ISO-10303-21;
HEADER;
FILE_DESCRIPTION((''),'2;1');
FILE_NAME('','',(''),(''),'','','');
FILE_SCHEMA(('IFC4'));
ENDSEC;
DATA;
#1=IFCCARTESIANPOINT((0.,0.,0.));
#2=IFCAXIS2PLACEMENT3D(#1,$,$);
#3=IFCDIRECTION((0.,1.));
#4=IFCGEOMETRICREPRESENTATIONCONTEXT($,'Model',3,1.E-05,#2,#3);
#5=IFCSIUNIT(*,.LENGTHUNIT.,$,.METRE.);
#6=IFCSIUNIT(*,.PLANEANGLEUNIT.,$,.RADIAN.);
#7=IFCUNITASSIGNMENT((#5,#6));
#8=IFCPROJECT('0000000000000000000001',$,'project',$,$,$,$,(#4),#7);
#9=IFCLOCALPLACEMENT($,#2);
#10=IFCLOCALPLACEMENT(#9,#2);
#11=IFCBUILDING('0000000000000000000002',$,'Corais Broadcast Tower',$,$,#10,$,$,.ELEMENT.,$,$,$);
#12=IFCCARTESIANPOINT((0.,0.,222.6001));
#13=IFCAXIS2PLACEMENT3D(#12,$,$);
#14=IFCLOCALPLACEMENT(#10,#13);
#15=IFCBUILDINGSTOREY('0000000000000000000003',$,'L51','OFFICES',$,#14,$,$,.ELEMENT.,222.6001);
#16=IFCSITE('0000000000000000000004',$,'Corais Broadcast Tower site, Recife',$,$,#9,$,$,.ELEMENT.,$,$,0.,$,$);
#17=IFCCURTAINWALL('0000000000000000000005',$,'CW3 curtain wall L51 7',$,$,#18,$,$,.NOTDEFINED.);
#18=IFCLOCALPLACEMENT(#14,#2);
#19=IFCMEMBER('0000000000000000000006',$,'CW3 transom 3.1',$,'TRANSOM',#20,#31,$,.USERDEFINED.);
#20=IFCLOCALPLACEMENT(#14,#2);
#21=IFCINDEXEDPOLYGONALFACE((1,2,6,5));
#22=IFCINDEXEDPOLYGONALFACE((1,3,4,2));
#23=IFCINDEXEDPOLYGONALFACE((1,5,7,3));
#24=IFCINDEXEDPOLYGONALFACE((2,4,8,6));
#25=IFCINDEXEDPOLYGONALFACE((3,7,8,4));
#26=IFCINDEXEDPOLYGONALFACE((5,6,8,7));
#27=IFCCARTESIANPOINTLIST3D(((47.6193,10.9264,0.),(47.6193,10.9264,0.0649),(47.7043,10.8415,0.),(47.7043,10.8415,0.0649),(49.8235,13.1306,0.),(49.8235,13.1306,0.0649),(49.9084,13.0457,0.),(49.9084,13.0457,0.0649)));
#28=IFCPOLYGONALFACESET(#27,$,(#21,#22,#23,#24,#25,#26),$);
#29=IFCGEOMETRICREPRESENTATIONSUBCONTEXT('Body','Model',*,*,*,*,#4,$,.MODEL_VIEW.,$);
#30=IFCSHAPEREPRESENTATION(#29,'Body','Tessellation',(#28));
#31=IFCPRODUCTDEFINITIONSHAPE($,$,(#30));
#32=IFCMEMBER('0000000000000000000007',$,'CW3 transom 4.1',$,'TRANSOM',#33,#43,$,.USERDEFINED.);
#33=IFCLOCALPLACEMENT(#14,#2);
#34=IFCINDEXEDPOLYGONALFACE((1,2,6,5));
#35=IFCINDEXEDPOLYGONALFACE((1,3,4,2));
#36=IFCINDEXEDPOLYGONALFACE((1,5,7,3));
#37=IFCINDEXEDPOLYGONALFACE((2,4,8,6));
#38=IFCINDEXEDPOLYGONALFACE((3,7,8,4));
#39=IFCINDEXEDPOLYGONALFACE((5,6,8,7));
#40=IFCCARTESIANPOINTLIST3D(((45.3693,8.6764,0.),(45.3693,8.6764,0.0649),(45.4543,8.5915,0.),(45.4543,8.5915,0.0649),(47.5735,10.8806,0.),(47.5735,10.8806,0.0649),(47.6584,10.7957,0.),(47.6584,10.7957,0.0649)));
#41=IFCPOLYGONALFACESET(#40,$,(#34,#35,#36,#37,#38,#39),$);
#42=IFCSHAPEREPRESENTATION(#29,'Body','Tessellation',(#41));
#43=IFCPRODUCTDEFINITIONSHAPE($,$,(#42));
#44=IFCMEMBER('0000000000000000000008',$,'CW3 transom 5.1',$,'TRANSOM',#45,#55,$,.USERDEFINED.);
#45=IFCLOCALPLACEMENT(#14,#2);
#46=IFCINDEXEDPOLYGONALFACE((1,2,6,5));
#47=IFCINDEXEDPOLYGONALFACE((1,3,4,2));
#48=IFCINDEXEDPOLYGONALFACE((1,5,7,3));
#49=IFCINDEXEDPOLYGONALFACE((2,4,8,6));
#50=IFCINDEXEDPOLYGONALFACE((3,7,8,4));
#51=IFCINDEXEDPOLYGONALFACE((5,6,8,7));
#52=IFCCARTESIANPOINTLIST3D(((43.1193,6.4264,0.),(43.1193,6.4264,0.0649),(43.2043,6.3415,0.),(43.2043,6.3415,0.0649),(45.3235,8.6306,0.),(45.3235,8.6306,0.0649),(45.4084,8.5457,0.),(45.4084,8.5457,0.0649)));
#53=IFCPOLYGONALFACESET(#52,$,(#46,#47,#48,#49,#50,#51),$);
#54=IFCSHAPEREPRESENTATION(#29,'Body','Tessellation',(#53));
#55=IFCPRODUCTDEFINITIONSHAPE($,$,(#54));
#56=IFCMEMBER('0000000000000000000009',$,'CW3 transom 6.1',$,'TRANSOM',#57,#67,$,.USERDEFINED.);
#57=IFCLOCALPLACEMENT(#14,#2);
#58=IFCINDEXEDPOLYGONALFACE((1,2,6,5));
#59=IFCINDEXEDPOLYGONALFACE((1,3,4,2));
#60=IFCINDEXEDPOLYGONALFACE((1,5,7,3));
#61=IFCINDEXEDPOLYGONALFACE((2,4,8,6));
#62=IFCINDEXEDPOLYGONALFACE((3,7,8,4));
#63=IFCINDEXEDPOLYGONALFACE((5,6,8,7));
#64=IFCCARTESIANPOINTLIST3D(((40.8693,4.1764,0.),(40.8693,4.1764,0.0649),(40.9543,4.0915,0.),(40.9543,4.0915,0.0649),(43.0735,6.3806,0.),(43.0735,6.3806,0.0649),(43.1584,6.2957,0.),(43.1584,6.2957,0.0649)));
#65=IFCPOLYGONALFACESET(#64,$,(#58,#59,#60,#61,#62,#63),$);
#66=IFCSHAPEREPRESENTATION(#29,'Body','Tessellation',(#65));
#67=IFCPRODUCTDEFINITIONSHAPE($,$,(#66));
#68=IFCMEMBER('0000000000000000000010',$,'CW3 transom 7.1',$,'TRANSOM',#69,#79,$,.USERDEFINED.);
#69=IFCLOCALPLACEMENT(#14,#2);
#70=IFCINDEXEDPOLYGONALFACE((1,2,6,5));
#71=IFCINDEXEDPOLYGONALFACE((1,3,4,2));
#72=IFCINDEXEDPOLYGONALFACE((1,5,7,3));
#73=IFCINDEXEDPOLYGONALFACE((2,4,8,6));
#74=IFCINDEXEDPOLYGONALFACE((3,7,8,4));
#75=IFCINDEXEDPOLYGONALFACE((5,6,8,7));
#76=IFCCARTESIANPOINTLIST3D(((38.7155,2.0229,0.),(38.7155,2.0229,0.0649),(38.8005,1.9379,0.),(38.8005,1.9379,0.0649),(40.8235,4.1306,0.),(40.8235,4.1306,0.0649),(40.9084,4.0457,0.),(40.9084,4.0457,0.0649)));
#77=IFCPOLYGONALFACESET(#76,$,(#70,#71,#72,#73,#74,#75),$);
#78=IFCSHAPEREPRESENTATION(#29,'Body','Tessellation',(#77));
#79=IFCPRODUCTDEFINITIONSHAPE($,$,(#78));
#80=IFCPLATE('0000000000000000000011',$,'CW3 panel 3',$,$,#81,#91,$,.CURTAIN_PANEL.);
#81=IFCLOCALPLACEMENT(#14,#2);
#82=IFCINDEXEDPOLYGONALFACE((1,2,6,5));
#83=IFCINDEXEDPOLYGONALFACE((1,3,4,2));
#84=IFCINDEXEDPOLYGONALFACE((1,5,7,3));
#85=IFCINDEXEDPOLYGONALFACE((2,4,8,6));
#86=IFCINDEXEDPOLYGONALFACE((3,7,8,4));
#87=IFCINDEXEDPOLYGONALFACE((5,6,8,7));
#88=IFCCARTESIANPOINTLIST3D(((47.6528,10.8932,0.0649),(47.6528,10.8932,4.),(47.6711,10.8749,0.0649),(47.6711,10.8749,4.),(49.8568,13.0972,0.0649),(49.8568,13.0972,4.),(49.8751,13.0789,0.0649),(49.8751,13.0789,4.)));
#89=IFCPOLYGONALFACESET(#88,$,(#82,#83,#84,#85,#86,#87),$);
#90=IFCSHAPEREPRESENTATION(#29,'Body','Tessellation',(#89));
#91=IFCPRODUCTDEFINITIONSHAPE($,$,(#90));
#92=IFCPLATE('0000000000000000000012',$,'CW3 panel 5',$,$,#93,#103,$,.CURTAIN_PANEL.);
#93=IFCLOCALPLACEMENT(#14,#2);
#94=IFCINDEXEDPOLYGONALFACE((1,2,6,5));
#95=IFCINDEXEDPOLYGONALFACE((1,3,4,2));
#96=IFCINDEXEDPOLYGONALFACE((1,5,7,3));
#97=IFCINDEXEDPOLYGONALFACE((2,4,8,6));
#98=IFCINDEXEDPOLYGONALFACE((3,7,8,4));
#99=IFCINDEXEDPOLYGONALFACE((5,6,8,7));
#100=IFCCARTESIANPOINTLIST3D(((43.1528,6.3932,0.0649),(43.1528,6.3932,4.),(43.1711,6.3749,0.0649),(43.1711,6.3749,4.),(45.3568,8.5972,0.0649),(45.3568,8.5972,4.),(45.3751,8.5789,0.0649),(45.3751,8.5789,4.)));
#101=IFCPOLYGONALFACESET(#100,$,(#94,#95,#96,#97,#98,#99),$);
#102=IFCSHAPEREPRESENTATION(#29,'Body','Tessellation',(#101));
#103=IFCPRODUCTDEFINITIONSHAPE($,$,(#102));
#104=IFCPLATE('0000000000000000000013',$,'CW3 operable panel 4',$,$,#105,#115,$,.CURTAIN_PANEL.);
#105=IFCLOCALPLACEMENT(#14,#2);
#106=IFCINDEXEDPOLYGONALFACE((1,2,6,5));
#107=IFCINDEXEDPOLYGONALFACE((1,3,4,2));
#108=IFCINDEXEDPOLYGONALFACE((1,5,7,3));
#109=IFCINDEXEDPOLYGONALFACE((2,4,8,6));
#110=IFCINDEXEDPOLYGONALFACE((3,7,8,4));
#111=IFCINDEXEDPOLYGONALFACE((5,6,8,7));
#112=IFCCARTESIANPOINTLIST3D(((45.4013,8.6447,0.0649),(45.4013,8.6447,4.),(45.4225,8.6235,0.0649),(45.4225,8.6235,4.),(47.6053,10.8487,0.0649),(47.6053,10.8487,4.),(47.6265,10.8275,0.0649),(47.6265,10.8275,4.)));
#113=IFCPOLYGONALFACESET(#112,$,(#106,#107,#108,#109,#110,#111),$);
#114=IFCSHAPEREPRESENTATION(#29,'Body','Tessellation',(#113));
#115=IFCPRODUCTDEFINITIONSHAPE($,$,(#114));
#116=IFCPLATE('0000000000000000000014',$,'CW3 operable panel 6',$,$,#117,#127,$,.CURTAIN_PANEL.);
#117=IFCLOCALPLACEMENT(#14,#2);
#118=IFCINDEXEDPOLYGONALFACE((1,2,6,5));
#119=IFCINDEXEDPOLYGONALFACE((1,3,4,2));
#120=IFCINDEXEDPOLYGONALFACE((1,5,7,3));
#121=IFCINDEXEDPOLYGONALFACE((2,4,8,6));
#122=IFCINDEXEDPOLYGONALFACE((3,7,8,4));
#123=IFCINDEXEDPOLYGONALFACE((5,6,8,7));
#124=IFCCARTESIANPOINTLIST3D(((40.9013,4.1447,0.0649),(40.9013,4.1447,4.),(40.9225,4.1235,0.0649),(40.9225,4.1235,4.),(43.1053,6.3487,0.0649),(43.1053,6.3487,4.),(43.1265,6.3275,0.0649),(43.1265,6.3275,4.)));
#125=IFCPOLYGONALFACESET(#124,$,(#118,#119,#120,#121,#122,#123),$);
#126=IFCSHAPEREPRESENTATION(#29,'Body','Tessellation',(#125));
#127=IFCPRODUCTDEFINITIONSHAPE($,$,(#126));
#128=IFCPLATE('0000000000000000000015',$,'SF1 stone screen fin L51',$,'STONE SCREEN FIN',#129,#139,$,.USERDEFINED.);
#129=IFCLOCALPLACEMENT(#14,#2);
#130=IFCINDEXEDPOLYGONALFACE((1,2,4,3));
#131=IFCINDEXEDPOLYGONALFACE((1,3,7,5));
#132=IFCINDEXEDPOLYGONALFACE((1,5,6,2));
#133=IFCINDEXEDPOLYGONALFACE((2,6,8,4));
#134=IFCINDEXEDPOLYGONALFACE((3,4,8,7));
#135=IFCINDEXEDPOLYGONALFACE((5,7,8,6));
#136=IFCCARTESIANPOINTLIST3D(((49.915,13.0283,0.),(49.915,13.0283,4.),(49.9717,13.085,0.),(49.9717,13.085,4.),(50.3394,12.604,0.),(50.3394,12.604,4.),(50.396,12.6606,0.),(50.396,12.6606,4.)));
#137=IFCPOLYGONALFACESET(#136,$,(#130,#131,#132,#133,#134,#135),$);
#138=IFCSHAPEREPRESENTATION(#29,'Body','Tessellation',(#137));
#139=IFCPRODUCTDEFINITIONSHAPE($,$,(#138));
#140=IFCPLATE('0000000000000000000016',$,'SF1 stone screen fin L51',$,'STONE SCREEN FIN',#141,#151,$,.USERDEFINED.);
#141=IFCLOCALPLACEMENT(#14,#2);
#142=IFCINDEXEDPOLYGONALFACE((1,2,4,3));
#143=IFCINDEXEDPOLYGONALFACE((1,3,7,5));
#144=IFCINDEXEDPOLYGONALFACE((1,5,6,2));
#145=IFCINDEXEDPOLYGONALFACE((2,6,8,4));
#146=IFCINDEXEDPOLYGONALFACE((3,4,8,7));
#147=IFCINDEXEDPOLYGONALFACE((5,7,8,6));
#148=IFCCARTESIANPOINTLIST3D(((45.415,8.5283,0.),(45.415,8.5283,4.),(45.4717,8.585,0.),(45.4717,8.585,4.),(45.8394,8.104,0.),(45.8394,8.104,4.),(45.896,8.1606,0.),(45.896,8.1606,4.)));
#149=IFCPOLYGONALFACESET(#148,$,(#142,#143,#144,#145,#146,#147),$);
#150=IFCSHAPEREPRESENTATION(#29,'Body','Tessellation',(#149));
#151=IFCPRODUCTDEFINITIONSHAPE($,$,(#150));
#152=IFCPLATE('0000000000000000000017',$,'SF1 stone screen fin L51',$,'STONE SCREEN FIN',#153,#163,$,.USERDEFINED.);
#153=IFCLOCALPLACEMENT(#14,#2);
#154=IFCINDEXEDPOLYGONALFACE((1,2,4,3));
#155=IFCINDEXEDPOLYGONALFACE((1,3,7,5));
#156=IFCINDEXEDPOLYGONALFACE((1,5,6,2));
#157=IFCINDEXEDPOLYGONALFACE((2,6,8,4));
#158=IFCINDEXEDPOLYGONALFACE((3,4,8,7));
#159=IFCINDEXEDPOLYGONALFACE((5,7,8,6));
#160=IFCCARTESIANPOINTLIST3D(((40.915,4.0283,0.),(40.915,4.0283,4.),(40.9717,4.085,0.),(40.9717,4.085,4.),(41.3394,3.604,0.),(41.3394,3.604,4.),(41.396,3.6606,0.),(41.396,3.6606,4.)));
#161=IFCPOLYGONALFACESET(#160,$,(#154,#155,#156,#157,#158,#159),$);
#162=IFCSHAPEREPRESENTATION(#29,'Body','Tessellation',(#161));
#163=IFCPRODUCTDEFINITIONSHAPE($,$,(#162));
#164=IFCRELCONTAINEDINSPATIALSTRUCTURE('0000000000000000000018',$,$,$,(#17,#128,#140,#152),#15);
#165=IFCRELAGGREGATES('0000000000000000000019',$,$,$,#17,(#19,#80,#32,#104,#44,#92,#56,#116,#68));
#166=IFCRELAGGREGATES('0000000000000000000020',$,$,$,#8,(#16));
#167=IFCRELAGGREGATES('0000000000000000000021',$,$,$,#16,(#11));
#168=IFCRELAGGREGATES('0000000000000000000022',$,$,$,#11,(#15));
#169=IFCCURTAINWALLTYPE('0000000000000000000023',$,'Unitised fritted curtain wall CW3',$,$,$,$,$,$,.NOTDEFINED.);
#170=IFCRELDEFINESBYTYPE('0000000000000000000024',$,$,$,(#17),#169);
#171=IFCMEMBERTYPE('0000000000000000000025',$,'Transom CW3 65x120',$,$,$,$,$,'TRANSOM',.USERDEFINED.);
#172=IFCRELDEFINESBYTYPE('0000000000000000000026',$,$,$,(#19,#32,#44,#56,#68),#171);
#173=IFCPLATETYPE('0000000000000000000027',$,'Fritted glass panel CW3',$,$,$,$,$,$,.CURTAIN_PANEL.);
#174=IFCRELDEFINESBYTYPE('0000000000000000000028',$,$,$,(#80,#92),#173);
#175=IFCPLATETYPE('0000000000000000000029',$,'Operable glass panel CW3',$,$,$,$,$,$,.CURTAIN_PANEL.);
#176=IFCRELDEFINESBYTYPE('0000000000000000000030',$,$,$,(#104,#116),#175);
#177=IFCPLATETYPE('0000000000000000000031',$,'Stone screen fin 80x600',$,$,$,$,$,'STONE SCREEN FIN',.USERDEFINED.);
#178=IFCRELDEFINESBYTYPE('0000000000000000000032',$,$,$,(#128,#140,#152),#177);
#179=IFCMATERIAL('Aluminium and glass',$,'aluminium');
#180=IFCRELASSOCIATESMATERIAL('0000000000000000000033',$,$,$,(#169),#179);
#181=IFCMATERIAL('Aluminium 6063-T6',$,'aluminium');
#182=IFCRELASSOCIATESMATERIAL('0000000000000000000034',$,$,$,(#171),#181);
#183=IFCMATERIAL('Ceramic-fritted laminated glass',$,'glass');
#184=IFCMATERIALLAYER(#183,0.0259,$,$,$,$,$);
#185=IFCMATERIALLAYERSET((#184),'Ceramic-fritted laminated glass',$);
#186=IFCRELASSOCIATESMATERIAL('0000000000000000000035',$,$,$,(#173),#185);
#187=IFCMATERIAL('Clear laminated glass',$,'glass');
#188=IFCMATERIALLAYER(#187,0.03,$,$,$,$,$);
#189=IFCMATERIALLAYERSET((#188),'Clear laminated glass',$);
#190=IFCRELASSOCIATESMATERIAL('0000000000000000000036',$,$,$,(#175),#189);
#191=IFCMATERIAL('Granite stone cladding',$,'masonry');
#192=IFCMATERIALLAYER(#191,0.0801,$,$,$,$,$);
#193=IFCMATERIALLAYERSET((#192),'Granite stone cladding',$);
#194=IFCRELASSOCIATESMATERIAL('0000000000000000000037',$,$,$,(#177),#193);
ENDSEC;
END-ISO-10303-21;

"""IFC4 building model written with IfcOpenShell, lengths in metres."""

from ifc_helpers import new_model, si_unit, direction, frame, origin, origin_2d, place, context, subcontext, project, spatial, rectangle, extrude, material, layer, layer_set, material_profile, profile_set, type_object, element, aggregate, save


model = new_model("IFC4")

# Units and contexts
model_context = context("Model", 3, precision=1e-05, world=origin(), true_north=direction((0.0, 1.0)))
body_context = subcontext(model_context, "Body", "Model", "MODEL_VIEW")
ifc_project = project(units=[si_unit("LENGTHUNIT", "METRE"), si_unit("PLANEANGLEUNIT", "RADIAN")], contexts=[model_context])

# Site, building, storey
site_placement = place(None, origin())
site = spatial("IfcSite", under=ifc_project, at=site_placement, Name="Corais Broadcast Tower site, Recife", CompositionType="ELEMENT", RefElevation=0.0)
building_placement = place(site_placement, origin())
building = spatial("IfcBuilding", under=site, at=building_placement, Name="Corais Broadcast Tower", CompositionType="ELEMENT")
storey_placement = place(building_placement, frame((0.0, 0.0, 222.6001)))
storey = spatial("IfcBuildingStorey", under=building, at=storey_placement, Name="L51", Description="OFFICES", CompositionType="ELEMENT", Elevation=222.6001)

# Curtain wall
ifc_material_1 = material(Name="Aluminium and glass", Category="aluminium")
curtain_wall_type = type_object("IfcCurtainWallType", Name="Unitised fritted curtain wall CW3", PredefinedType="NOTDEFINED", material=ifc_material_1)
curtain_wall_placement = place(storey_placement, origin())
curtain_wall = element("IfcCurtainWall", 1, at=curtain_wall_placement, inside=storey, type_object=curtain_wall_type, Name="CW3 curtain wall L51 7", PredefinedType="NOTDEFINED")

# Members
ifc_material_2 = material(Name="Aluminium 6063-T6", Category="aluminium")
ifc_material_profile_1 = material_profile(ifc_material_2, rectangle(XDim=0.1201, YDim=0.0649, at=origin_2d()), Name="Transom CW3 65x120")
ifc_profile_set_1 = profile_set([ifc_material_profile_1], Name="Aluminium 6063-T6")
member_type_1 = type_object("IfcMemberType", Name="Transom CW3 65x120", ElementType="TRANSOM", PredefinedType="USERDEFINED", material=ifc_profile_set_1)
member_1_placement = place(storey_placement, frame((49.866, 13.0881, 0.0325), z_axis=(-0.707107, -0.707107, 0.0), x_axis=(0.707107, -0.707107, 0.0)))
member_1 = element("IfcMember", 2, at=member_1_placement, type_object=member_type_1, Name="CW3 transom 3.1", ObjectType="TRANSOM", PredefinedType="USERDEFINED", context=body_context, shape_type="SweptSolid", body=[
    extrude(rectangle(XDim=0.1201, YDim=0.0649, at=origin_2d()), origin(), (0.0, 0.0, 1.0), 3.1172),
])
member_2_placement = place(storey_placement, frame((47.616, 10.8381, 0.0325), z_axis=(-0.707107, -0.707107, 0.0), x_axis=(0.707107, -0.707107, 0.0)))
member_2 = element("IfcMember", 3, at=member_2_placement, type_object=member_type_1, Name="CW3 transom 4.1", ObjectType="TRANSOM", PredefinedType="USERDEFINED", context=body_context, shape_type="SweptSolid", body=[
    extrude(rectangle(XDim=0.1201, YDim=0.0649, at=origin_2d()), origin(), (0.0, 0.0, 1.0), 3.1172),
])
member_3_placement = place(storey_placement, frame((45.366, 8.5881, 0.0325), z_axis=(-0.707107, -0.707107, 0.0), x_axis=(0.707107, -0.707107, 0.0)))
member_3 = element("IfcMember", 4, at=member_3_placement, type_object=member_type_1, Name="CW3 transom 5.1", ObjectType="TRANSOM", PredefinedType="USERDEFINED", context=body_context, shape_type="SweptSolid", body=[
    extrude(rectangle(XDim=0.1201, YDim=0.0649, at=origin_2d()), origin(), (0.0, 0.0, 1.0), 3.1172),
])
member_4_placement = place(storey_placement, frame((43.116, 6.3381, 0.0325), z_axis=(-0.707107, -0.707107, 0.0), x_axis=(0.707107, -0.707107, 0.0)))
member_4 = element("IfcMember", 5, at=member_4_placement, type_object=member_type_1, Name="CW3 transom 6.1", ObjectType="TRANSOM", PredefinedType="USERDEFINED", context=body_context, shape_type="SweptSolid", body=[
    extrude(rectangle(XDim=0.1201, YDim=0.0649, at=origin_2d()), origin(), (0.0, 0.0, 1.0), 3.1172),
])
member_5_placement = place(storey_placement, frame((40.866, 4.0881, 0.0325), z_axis=(-0.707148, -0.707066, 0.0), x_axis=(0.707066, -0.707148, 0.0)))
member_5 = element("IfcMember", 6, at=member_5_placement, type_object=member_type_1, Name="CW3 transom 7.1", ObjectType="TRANSOM", PredefinedType="USERDEFINED", context=body_context, shape_type="SweptSolid", body=[
    extrude(rectangle(XDim=0.1201, YDim=0.0649, at=origin_2d()), origin(), (0.0, 0.0, 1.0), 2.981),
])

# Plates
ifc_material_3 = material(Name="Ceramic-fritted laminated glass", Category="glass")
ifc_layer_1 = layer(ifc_material_3, 0.0259)
ifc_layer_set_1 = layer_set([ifc_layer_1], Name="Ceramic-fritted laminated glass")
plate_type_1 = type_object("IfcPlateType", Name="Fritted glass panel CW3", PredefinedType="CURTAIN_PANEL", material=ifc_layer_set_1)
plate_1_placement = place(storey_placement, frame((48.7639, 11.9861, 0.0649), z_axis=(0.0, 0.0, 1.0), x_axis=(-0.707107, -0.707107, 0.0)))
plate_1 = element("IfcPlate", 7, at=plate_1_placement, type_object=plate_type_1, Name="CW3 panel 3", PredefinedType="CURTAIN_PANEL", context=body_context, shape_type="SweptSolid", body=[
    extrude(rectangle(XDim=3.1169, YDim=0.0259, at=origin_2d()), origin(), (0.0, 0.0, 1.0), 3.9351),
])
plate_2_placement = place(storey_placement, frame((44.2639, 7.4861, 0.0649), z_axis=(0.0, 0.0, 1.0), x_axis=(-0.707107, -0.707107, 0.0)))
plate_2 = element("IfcPlate", 8, at=plate_2_placement, type_object=plate_type_1, Name="CW3 panel 5", PredefinedType="CURTAIN_PANEL", context=body_context, shape_type="SweptSolid", body=[
    extrude(rectangle(XDim=3.1169, YDim=0.0259, at=origin_2d()), origin(), (0.0, 0.0, 1.0), 3.9351),
])
ifc_material_4 = material(Name="Clear laminated glass", Category="glass")
ifc_layer_2 = layer(ifc_material_4, 0.03)
ifc_layer_set_2 = layer_set([ifc_layer_2], Name="Clear laminated glass")
plate_type_2 = type_object("IfcPlateType", Name="Operable glass panel CW3", PredefinedType="CURTAIN_PANEL", material=ifc_layer_set_2)
plate_3_placement = place(storey_placement, frame((46.5139, 9.7361, 0.0649), z_axis=(0.0, 0.0, 1.0), x_axis=(-0.707107, -0.707107, 0.0)))
plate_3 = element("IfcPlate", 9, at=plate_3_placement, type_object=plate_type_2, Name="CW3 operable panel 4", PredefinedType="CURTAIN_PANEL", context=body_context, shape_type="SweptSolid", body=[
    extrude(rectangle(XDim=3.1169, YDim=0.03, at=origin_2d()), origin(), (0.0, 0.0, 1.0), 3.9351),
])
plate_4_placement = place(storey_placement, frame((42.0139, 5.2361, 0.0649), z_axis=(0.0, 0.0, 1.0), x_axis=(-0.707107, -0.707107, 0.0)))
plate_4 = element("IfcPlate", 10, at=plate_4_placement, type_object=plate_type_2, Name="CW3 operable panel 6", PredefinedType="CURTAIN_PANEL", context=body_context, shape_type="SweptSolid", body=[
    extrude(rectangle(XDim=3.1169, YDim=0.03, at=origin_2d()), origin(), (0.0, 0.0, 1.0), 3.9351),
])
aggregate(curtain_wall, [member_1, plate_1, member_2, plate_3, member_3, plate_2, member_4, plate_4, member_5])

# Plates
ifc_material_5 = material(Name="Granite stone cladding", Category="masonry")
ifc_layer_3 = layer(ifc_material_5, 0.0801)
ifc_layer_set_3 = layer_set([ifc_layer_3], Name="Granite stone cladding")
plate_type_3 = type_object("IfcPlateType", Name="Stone screen fin 80x600", ElementType="STONE SCREEN FIN", PredefinedType="USERDEFINED", material=ifc_layer_set_3)
for number, where, z_axis, x_axis, name in (
    (11, (50.1555, 12.8445, 0.0), (0.0, 0.0, 1.0), (-0.707107, -0.707107, 0.0), "SF1 stone screen fin L51"),
    (12, (45.6555, 8.3445, 0.0), (0.0, 0.0, 1.0), (-0.707107, -0.707107, 0.0), "SF1 stone screen fin L51"),
    (13, (41.1555, 3.8445, 0.0), (0.0, 0.0, 1.0), (-0.707107, -0.707107, 0.0), "SF1 stone screen fin L51"),
):
    element("IfcPlate", number, at=place(storey_placement, frame(where, z_axis=z_axis, x_axis=x_axis)), inside=storey, type_object=plate_type_3, Name=name, ObjectType="STONE SCREEN FIN", PredefinedType="USERDEFINED", context=body_context, shape_type="SweptSolid", body=[
        extrude(rectangle(XDim=0.0801, YDim=0.6001, at=origin_2d()), origin(), (0.0, 0.0, 1.0), 4.0),
    ])

save(model, "model.ifc")
